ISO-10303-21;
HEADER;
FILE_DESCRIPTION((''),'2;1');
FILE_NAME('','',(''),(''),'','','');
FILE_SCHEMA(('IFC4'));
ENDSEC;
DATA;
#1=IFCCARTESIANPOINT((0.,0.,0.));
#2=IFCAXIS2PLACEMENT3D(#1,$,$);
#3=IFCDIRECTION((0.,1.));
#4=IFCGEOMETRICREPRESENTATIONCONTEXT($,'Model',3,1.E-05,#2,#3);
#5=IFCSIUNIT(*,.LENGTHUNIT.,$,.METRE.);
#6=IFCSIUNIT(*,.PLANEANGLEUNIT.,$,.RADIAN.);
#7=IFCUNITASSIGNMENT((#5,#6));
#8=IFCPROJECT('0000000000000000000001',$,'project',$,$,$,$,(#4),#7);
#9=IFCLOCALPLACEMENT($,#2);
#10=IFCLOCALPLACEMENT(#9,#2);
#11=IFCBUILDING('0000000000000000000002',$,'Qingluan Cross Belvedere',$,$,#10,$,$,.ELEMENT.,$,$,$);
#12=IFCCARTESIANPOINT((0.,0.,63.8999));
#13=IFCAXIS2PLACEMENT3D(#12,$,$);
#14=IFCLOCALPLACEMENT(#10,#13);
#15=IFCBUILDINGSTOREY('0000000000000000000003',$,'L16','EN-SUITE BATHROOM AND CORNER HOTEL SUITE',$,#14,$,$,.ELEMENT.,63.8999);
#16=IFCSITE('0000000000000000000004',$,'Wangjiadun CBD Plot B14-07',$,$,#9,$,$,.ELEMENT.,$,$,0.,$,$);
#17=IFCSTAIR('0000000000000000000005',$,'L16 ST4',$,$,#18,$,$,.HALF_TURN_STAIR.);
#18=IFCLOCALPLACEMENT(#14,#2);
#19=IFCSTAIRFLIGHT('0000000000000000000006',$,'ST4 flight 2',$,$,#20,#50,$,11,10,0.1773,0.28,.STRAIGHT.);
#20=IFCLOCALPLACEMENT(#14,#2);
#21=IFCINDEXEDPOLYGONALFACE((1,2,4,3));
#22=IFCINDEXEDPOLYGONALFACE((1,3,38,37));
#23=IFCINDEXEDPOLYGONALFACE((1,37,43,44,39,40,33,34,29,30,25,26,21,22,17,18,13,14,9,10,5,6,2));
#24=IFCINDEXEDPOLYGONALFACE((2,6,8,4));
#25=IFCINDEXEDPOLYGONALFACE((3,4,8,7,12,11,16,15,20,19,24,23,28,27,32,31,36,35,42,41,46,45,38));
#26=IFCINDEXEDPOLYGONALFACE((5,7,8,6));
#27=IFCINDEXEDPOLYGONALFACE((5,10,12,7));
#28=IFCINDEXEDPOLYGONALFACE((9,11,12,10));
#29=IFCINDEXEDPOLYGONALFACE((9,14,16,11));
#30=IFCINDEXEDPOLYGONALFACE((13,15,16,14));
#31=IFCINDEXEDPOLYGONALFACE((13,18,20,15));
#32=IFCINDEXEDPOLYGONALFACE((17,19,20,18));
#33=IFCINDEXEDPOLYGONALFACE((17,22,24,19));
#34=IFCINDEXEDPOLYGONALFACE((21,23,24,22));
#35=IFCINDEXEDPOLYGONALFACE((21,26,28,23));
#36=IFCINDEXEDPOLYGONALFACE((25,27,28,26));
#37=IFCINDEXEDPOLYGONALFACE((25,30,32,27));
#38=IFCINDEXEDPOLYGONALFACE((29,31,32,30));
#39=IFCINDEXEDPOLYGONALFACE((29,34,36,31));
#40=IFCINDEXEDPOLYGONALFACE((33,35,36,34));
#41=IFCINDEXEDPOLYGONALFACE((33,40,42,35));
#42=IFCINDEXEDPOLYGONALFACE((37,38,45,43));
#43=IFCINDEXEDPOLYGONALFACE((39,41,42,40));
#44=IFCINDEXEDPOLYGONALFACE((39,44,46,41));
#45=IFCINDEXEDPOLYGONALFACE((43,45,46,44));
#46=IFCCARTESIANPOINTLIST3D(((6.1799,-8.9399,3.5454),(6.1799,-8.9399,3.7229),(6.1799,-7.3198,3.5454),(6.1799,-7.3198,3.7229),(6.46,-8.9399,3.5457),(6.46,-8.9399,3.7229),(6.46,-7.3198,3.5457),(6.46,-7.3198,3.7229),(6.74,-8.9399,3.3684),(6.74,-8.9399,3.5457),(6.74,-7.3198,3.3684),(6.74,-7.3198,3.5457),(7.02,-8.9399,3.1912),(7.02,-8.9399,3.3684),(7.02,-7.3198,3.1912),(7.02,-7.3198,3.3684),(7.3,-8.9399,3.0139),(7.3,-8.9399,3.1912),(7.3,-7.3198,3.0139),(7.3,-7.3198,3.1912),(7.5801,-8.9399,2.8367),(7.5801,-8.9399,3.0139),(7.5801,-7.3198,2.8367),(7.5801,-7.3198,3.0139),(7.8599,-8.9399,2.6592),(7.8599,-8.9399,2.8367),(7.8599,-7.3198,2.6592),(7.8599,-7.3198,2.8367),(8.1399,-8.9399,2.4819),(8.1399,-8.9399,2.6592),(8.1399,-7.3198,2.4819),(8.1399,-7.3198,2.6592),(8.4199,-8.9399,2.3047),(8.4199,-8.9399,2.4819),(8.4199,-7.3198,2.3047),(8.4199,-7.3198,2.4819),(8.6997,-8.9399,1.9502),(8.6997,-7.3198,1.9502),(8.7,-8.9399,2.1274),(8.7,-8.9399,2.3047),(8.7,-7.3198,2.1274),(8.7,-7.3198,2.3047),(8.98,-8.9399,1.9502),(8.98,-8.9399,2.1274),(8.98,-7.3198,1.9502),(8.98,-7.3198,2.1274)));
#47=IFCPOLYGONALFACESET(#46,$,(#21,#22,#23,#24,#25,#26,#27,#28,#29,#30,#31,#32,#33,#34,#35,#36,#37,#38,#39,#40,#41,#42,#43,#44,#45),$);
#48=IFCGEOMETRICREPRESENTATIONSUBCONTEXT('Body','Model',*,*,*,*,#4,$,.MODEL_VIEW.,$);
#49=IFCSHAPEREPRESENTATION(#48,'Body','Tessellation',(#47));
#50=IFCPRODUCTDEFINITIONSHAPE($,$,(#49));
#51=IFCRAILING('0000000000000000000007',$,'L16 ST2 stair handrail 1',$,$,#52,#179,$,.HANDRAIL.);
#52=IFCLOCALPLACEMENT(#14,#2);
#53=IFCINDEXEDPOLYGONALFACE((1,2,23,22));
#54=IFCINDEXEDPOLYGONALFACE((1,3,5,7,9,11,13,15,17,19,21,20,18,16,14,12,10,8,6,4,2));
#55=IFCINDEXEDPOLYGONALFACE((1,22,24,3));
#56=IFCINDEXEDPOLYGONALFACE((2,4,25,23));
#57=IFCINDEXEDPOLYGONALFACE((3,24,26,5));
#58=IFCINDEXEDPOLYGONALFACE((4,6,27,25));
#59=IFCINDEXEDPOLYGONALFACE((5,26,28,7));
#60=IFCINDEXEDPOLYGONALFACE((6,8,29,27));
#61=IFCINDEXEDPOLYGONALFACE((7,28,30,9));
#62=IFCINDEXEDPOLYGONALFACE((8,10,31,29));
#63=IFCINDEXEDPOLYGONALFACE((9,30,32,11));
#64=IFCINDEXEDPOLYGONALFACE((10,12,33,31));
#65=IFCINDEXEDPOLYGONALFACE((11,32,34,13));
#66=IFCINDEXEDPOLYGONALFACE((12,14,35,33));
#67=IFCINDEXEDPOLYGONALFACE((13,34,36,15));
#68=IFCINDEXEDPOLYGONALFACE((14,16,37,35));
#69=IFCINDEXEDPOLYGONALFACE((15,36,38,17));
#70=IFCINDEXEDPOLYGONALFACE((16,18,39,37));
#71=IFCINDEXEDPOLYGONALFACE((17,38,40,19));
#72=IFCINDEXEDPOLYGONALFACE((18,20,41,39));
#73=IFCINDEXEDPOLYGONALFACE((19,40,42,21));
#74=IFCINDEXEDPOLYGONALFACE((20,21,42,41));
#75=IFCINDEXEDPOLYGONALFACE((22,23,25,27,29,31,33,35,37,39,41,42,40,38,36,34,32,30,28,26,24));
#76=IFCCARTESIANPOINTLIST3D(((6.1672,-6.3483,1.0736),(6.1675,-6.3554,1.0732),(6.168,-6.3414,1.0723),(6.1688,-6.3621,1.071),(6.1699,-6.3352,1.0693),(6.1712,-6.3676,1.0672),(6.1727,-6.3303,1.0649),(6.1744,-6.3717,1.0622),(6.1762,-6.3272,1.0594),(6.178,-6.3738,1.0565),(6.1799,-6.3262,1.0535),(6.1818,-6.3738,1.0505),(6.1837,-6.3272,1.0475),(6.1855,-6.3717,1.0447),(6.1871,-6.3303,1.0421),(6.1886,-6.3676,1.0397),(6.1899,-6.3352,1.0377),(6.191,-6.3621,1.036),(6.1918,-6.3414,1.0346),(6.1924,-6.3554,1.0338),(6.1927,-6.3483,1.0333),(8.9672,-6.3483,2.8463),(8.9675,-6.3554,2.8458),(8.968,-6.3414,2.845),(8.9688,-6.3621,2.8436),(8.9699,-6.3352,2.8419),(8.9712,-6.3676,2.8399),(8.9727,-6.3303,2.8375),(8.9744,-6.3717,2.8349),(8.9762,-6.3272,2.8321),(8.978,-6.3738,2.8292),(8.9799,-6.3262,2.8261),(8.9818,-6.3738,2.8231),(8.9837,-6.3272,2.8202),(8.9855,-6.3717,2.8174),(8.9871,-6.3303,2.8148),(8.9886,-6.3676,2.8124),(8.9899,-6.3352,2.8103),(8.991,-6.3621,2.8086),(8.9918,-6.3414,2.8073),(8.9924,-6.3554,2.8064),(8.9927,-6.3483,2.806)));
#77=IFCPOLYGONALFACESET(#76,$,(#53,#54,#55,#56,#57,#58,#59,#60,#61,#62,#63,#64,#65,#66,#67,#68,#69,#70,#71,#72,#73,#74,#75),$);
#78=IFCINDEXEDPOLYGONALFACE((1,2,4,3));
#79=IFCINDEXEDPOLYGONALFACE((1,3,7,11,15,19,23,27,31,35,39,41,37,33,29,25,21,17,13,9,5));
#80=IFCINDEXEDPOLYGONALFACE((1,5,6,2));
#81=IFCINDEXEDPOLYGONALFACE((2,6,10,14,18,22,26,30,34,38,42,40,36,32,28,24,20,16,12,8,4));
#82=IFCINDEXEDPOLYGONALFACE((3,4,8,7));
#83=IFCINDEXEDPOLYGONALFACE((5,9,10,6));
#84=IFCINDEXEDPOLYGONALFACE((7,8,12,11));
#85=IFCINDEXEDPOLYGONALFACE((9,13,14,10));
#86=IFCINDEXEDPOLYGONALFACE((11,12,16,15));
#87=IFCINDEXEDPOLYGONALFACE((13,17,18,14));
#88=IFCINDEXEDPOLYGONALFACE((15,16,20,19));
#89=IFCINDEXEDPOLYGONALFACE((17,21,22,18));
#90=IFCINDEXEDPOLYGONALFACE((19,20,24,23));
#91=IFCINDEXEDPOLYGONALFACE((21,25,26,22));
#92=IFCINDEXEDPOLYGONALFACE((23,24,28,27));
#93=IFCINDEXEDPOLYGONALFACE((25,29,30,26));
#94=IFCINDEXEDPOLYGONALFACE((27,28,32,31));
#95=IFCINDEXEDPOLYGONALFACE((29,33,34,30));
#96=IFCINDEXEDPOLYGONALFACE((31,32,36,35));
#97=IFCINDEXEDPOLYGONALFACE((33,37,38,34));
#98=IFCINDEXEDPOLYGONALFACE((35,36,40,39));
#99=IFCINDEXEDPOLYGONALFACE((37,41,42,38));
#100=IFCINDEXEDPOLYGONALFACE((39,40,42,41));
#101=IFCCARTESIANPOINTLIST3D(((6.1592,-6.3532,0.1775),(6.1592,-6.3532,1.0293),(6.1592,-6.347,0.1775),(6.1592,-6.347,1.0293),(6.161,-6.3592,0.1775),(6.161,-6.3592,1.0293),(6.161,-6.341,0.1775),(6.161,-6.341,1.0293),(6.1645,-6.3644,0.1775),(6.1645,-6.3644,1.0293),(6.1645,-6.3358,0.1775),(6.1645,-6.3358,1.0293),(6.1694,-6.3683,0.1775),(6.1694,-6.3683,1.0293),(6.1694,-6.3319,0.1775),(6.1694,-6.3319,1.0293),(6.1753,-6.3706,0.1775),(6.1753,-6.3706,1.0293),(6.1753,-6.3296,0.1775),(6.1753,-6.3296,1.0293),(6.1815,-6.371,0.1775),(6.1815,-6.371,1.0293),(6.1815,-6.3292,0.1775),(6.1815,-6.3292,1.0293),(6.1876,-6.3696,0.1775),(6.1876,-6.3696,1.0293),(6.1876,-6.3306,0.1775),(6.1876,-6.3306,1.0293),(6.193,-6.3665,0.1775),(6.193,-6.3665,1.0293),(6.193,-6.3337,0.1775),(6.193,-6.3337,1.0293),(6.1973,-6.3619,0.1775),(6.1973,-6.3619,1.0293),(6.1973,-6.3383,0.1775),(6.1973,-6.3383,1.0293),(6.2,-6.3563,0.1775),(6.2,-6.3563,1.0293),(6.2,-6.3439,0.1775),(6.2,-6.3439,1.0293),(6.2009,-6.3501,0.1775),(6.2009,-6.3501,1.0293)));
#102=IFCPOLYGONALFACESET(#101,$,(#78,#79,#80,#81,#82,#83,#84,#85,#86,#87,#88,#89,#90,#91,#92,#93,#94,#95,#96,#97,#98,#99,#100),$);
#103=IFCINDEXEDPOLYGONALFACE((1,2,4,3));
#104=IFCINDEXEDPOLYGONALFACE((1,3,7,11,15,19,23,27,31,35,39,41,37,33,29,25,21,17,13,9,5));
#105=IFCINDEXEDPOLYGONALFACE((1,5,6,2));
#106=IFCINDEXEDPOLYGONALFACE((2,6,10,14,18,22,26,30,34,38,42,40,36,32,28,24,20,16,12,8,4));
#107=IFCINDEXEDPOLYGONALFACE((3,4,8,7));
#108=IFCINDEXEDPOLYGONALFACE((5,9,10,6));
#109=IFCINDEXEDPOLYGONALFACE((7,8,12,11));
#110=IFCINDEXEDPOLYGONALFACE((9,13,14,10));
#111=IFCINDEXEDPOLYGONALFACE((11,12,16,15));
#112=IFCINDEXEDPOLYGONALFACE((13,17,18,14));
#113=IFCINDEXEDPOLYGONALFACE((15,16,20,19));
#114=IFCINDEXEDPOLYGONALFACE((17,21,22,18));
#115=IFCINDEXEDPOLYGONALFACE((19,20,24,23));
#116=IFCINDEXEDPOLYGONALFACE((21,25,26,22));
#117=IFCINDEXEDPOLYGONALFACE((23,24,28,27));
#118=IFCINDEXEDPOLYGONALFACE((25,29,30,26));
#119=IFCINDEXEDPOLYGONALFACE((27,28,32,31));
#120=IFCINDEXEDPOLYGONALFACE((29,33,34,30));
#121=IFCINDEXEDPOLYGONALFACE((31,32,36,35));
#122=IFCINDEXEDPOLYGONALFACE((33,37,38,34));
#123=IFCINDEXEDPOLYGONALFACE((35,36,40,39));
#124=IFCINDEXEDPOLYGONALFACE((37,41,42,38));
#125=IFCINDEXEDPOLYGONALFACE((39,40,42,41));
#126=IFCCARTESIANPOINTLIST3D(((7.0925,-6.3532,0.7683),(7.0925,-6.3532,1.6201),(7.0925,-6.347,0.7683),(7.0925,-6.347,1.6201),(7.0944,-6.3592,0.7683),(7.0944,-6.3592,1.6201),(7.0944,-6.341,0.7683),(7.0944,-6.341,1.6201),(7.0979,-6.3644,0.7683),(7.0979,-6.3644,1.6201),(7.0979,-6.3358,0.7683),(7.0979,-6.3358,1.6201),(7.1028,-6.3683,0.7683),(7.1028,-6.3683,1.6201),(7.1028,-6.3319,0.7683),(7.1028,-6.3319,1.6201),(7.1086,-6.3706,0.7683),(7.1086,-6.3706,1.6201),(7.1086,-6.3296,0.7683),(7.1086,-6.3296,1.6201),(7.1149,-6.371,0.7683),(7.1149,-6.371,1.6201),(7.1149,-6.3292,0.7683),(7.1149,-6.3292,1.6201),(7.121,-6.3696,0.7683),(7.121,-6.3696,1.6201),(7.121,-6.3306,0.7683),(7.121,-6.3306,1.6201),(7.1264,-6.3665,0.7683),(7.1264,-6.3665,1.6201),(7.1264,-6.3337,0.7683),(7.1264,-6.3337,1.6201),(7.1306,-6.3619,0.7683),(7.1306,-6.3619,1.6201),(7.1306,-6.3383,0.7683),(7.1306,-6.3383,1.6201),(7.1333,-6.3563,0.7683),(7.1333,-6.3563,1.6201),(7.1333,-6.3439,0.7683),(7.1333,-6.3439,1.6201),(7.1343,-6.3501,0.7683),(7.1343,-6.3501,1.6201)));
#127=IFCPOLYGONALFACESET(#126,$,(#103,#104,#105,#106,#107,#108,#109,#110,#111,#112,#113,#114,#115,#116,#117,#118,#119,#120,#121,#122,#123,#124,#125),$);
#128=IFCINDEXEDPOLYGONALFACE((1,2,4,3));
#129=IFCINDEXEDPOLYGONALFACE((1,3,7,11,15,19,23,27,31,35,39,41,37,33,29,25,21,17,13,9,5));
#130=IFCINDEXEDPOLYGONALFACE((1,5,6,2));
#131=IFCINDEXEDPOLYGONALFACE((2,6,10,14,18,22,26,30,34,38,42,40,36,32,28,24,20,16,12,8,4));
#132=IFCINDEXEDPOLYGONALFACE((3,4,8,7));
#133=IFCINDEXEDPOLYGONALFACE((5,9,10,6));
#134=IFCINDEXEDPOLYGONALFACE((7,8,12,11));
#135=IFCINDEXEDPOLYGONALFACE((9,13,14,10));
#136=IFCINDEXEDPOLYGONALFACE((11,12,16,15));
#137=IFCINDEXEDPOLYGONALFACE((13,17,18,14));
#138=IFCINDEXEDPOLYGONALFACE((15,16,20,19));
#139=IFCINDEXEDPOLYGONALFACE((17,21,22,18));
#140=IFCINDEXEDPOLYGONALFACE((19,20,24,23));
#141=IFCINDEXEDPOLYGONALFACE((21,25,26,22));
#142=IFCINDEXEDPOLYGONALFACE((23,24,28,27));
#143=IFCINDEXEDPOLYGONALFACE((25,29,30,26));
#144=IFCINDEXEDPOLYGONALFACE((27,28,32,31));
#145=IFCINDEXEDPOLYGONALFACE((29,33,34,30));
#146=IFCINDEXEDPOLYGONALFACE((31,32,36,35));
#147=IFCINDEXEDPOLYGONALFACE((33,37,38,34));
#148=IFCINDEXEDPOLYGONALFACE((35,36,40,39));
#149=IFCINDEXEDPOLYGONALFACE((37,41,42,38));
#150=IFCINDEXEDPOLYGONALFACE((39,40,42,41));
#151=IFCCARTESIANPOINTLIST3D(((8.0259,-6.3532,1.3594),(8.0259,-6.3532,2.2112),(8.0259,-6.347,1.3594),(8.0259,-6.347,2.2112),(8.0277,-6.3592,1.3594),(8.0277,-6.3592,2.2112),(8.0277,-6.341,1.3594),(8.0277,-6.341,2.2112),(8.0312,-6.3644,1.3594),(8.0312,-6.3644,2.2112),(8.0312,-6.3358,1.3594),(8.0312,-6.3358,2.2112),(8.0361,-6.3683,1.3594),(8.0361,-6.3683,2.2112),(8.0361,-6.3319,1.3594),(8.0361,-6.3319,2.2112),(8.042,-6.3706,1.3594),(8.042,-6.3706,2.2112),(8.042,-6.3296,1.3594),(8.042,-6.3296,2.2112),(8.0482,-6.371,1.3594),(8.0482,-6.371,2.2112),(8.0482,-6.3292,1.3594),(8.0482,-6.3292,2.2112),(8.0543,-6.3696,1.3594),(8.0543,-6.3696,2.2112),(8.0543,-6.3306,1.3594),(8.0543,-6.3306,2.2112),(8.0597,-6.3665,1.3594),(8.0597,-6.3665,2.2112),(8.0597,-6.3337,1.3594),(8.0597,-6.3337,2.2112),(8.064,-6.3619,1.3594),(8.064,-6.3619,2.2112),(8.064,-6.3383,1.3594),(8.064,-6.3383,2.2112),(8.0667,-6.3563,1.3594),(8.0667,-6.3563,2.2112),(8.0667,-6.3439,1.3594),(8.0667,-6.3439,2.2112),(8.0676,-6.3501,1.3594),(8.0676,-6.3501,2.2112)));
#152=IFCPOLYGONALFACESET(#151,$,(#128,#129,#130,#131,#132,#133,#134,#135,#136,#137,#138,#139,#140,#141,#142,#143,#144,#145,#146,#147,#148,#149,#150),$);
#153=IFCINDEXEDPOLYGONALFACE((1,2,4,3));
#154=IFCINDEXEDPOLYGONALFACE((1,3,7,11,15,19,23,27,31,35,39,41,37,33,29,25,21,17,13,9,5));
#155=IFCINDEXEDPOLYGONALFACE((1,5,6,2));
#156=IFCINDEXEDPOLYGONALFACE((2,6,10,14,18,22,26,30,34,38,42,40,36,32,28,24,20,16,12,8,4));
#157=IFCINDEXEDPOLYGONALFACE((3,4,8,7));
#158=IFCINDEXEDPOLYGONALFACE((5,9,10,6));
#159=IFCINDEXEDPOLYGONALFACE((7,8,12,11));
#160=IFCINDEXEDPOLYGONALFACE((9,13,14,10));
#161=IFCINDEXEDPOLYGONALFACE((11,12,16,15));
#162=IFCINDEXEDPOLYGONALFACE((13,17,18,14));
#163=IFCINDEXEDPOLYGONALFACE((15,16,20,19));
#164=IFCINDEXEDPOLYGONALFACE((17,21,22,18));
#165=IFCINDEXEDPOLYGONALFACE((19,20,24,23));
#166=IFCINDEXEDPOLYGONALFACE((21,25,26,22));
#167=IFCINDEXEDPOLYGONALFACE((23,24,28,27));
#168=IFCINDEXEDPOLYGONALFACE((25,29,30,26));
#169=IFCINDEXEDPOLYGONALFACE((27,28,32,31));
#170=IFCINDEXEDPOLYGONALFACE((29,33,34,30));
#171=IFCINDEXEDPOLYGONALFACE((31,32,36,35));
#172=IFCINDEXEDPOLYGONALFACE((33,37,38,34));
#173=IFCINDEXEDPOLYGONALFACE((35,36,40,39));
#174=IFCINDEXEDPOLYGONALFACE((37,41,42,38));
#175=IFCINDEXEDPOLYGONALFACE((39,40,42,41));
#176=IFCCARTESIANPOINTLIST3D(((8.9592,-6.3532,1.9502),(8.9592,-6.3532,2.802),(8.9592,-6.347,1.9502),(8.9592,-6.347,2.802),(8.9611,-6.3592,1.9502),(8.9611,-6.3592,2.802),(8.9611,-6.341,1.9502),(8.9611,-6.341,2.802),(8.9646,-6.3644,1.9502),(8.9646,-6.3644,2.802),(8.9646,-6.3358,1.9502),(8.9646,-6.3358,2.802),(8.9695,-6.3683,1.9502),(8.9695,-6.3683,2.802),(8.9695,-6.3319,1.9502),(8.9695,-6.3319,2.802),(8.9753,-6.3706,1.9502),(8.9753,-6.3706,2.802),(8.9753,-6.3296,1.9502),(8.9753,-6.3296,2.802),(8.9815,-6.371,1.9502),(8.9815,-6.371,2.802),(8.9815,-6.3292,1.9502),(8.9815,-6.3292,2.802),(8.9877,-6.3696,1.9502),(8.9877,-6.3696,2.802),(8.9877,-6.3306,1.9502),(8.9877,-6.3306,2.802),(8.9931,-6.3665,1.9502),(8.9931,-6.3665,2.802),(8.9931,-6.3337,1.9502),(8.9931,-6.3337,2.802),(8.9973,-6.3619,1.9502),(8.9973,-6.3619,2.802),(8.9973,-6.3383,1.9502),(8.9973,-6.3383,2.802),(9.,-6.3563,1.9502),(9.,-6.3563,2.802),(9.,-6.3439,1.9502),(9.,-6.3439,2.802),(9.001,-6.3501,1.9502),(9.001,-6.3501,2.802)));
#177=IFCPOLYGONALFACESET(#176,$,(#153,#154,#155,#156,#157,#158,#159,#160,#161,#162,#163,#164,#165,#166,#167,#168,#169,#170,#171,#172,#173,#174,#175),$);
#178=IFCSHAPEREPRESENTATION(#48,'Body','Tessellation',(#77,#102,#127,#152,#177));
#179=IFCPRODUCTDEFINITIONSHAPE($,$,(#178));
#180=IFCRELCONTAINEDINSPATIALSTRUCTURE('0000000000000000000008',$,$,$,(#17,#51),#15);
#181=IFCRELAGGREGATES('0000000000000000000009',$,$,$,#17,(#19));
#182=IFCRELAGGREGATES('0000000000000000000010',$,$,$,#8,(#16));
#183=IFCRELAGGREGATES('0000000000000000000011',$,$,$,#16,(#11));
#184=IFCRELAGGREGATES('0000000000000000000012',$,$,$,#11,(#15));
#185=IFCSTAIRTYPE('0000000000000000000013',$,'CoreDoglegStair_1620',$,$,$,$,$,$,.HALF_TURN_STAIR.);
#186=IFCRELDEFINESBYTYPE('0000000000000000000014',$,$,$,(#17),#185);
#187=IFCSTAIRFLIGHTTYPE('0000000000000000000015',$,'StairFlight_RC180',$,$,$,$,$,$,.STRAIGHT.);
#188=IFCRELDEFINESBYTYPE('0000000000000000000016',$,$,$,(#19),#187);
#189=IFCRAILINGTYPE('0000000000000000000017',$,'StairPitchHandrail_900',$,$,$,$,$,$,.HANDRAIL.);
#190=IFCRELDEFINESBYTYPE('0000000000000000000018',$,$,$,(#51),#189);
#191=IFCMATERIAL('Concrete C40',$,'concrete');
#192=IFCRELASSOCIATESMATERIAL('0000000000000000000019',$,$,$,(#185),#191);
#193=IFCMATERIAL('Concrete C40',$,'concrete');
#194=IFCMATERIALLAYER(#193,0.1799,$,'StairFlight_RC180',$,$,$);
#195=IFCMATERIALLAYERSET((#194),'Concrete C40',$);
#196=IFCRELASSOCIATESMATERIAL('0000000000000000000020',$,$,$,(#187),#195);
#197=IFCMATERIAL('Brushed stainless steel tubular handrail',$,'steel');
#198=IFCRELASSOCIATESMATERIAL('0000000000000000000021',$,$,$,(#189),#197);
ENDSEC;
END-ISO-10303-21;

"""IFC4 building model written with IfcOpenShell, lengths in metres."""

from ifc_helpers import new_model, si_unit, direction, frame, origin, origin_2d, place, context, subcontext, project, spatial, polyline, circle, outline, extrude, material, layer, layer_set, type_object, element, aggregate, save


model = new_model("IFC4")

# Units and contexts
model_context = context("Model", 3, precision=1e-05, world=origin(), true_north=direction((0.0, 1.0)))
body_context = subcontext(model_context, "Body", "Model", "MODEL_VIEW")
ifc_project = project(units=[si_unit("LENGTHUNIT", "METRE"), si_unit("PLANEANGLEUNIT", "RADIAN")], contexts=[model_context])

# Site, building, storey
site_placement = place(None, origin())
site = spatial("IfcSite", under=ifc_project, at=site_placement, Name="Wangjiadun CBD Plot B14-07", CompositionType="ELEMENT", RefElevation=0.0)
building_placement = place(site_placement, origin())
building = spatial("IfcBuilding", under=site, at=building_placement, Name="Qingluan Cross Belvedere", CompositionType="ELEMENT")
storey_placement = place(building_placement, frame((0.0, 0.0, 63.8999)))
storey = spatial("IfcBuildingStorey", under=building, at=storey_placement, Name="L16", Description="EN-SUITE BATHROOM AND CORNER HOTEL SUITE", CompositionType="ELEMENT", Elevation=63.8999)

# Stair, stair flight
ifc_material_1 = material(Name="Concrete C40", Category="concrete")
stair_type = type_object("IfcStairType", Name="CoreDoglegStair_1620", PredefinedType="HALF_TURN_STAIR", material=ifc_material_1)
ifc_material_2 = material(Name="Concrete C40", Category="concrete")
ifc_layer_1 = layer(ifc_material_2, 0.1799, Name="StairFlight_RC180")
ifc_layer_set_1 = layer_set([ifc_layer_1], Name="Concrete C40")
stair_flight_type = type_object("IfcStairFlightType", Name="StairFlight_RC180", PredefinedType="STRAIGHT", material=ifc_layer_set_1)
stair_1_placement = place(storey_placement, origin())
stair_1 = element("IfcStair", 1, at=stair_1_placement, inside=storey, type_object=stair_type, Name="L16 ST4", PredefinedType="HALF_TURN_STAIR")
stair_flight_1_placement = place(storey_placement, frame((8.98, -8.1299, 1.9502), z_axis=(0.0, 0.0, 1.0), x_axis=(-1.0, 0.0, 0.0)))
stair_flight_1 = element("IfcStairFlight", 2, at=stair_flight_1_placement, type_object=stair_flight_type, Name="ST4 flight 2", NumberOfRisers=11, NumberOfTreads=10, PredefinedType="STRAIGHT", RiserHeight=0.1773, TreadLength=0.28, context=body_context, shape_type="SweptSolid", body=[
    extrude(outline(polyline([(0.0, 0.0), (0.0, 0.1772), (0.28, 0.1772), (0.28, 0.3545), (0.5601, 0.3545), (0.5601, 0.5317), (0.8401, 0.5317), (0.8401, 0.709), (1.1201, 0.709), (1.1201, 0.8865), (1.3999, 0.8865), (1.3999, 1.0637), (1.6799, 1.0637), (1.6799, 1.241), (1.96, 1.241), (1.96, 1.4182), (2.24, 1.4182), (2.24, 1.5955), (2.52, 1.5955), (2.52, 1.7727), (2.8, 1.7727), (2.8, 1.95), (2.8, 1.5952), (0.2803, 0.0), (0.0, 0.0)])), frame((0.0, 0.8101, 0.0), z_axis=(0.0, -1.0, 0.0), x_axis=(1.0, 0.0, 0.0)), (0.0, 0.0, 1.0), 1.6201),
])
aggregate(stair_1, [stair_flight_1])

# Railing
ifc_material_3 = material(Name="Brushed stainless steel tubular handrail", Category="steel")
railing_type_1 = type_object("IfcRailingType", Name="StairPitchHandrail_900", PredefinedType="HANDRAIL", material=ifc_material_3)
railing_1_placement = place(storey_placement, frame((6.1799, -6.3501, 0.1775)))
element("IfcRailing", 3, at=railing_1_placement, inside=storey, type_object=railing_type_1, Name="L16 ST2 stair handrail 1", PredefinedType="HANDRAIL", context=body_context, shape_type="SweptSolid", body=[
    extrude(circle(Radius=0.0239, at=origin_2d()), frame((0.0, 0.0, 0.876), z_axis=(0.844909, 0.0, 0.53491), x_axis=(0.0, 1.0, 0.0)), (0.0, 0.0, 1.0), 3.314),
    extrude(circle(Radius=0.021, at=origin_2d()), origin(), (0.0, 0.0, 1.0), 0.8518),
    extrude(circle(Radius=0.021, at=origin_2d()), frame((0.9333, 0.0, 0.5908)), (0.0, 0.0, 1.0), 0.8518),
    extrude(circle(Radius=0.021, at=origin_2d()), frame((1.8667, 0.0, 1.1819)), (0.0, 0.0, 1.0), 0.8518),
    extrude(circle(Radius=0.021, at=origin_2d()), frame((2.8, 0.0, 1.7727)), (0.0, 0.0, 1.0), 0.8518),
])

save(model, "model.ifc")
